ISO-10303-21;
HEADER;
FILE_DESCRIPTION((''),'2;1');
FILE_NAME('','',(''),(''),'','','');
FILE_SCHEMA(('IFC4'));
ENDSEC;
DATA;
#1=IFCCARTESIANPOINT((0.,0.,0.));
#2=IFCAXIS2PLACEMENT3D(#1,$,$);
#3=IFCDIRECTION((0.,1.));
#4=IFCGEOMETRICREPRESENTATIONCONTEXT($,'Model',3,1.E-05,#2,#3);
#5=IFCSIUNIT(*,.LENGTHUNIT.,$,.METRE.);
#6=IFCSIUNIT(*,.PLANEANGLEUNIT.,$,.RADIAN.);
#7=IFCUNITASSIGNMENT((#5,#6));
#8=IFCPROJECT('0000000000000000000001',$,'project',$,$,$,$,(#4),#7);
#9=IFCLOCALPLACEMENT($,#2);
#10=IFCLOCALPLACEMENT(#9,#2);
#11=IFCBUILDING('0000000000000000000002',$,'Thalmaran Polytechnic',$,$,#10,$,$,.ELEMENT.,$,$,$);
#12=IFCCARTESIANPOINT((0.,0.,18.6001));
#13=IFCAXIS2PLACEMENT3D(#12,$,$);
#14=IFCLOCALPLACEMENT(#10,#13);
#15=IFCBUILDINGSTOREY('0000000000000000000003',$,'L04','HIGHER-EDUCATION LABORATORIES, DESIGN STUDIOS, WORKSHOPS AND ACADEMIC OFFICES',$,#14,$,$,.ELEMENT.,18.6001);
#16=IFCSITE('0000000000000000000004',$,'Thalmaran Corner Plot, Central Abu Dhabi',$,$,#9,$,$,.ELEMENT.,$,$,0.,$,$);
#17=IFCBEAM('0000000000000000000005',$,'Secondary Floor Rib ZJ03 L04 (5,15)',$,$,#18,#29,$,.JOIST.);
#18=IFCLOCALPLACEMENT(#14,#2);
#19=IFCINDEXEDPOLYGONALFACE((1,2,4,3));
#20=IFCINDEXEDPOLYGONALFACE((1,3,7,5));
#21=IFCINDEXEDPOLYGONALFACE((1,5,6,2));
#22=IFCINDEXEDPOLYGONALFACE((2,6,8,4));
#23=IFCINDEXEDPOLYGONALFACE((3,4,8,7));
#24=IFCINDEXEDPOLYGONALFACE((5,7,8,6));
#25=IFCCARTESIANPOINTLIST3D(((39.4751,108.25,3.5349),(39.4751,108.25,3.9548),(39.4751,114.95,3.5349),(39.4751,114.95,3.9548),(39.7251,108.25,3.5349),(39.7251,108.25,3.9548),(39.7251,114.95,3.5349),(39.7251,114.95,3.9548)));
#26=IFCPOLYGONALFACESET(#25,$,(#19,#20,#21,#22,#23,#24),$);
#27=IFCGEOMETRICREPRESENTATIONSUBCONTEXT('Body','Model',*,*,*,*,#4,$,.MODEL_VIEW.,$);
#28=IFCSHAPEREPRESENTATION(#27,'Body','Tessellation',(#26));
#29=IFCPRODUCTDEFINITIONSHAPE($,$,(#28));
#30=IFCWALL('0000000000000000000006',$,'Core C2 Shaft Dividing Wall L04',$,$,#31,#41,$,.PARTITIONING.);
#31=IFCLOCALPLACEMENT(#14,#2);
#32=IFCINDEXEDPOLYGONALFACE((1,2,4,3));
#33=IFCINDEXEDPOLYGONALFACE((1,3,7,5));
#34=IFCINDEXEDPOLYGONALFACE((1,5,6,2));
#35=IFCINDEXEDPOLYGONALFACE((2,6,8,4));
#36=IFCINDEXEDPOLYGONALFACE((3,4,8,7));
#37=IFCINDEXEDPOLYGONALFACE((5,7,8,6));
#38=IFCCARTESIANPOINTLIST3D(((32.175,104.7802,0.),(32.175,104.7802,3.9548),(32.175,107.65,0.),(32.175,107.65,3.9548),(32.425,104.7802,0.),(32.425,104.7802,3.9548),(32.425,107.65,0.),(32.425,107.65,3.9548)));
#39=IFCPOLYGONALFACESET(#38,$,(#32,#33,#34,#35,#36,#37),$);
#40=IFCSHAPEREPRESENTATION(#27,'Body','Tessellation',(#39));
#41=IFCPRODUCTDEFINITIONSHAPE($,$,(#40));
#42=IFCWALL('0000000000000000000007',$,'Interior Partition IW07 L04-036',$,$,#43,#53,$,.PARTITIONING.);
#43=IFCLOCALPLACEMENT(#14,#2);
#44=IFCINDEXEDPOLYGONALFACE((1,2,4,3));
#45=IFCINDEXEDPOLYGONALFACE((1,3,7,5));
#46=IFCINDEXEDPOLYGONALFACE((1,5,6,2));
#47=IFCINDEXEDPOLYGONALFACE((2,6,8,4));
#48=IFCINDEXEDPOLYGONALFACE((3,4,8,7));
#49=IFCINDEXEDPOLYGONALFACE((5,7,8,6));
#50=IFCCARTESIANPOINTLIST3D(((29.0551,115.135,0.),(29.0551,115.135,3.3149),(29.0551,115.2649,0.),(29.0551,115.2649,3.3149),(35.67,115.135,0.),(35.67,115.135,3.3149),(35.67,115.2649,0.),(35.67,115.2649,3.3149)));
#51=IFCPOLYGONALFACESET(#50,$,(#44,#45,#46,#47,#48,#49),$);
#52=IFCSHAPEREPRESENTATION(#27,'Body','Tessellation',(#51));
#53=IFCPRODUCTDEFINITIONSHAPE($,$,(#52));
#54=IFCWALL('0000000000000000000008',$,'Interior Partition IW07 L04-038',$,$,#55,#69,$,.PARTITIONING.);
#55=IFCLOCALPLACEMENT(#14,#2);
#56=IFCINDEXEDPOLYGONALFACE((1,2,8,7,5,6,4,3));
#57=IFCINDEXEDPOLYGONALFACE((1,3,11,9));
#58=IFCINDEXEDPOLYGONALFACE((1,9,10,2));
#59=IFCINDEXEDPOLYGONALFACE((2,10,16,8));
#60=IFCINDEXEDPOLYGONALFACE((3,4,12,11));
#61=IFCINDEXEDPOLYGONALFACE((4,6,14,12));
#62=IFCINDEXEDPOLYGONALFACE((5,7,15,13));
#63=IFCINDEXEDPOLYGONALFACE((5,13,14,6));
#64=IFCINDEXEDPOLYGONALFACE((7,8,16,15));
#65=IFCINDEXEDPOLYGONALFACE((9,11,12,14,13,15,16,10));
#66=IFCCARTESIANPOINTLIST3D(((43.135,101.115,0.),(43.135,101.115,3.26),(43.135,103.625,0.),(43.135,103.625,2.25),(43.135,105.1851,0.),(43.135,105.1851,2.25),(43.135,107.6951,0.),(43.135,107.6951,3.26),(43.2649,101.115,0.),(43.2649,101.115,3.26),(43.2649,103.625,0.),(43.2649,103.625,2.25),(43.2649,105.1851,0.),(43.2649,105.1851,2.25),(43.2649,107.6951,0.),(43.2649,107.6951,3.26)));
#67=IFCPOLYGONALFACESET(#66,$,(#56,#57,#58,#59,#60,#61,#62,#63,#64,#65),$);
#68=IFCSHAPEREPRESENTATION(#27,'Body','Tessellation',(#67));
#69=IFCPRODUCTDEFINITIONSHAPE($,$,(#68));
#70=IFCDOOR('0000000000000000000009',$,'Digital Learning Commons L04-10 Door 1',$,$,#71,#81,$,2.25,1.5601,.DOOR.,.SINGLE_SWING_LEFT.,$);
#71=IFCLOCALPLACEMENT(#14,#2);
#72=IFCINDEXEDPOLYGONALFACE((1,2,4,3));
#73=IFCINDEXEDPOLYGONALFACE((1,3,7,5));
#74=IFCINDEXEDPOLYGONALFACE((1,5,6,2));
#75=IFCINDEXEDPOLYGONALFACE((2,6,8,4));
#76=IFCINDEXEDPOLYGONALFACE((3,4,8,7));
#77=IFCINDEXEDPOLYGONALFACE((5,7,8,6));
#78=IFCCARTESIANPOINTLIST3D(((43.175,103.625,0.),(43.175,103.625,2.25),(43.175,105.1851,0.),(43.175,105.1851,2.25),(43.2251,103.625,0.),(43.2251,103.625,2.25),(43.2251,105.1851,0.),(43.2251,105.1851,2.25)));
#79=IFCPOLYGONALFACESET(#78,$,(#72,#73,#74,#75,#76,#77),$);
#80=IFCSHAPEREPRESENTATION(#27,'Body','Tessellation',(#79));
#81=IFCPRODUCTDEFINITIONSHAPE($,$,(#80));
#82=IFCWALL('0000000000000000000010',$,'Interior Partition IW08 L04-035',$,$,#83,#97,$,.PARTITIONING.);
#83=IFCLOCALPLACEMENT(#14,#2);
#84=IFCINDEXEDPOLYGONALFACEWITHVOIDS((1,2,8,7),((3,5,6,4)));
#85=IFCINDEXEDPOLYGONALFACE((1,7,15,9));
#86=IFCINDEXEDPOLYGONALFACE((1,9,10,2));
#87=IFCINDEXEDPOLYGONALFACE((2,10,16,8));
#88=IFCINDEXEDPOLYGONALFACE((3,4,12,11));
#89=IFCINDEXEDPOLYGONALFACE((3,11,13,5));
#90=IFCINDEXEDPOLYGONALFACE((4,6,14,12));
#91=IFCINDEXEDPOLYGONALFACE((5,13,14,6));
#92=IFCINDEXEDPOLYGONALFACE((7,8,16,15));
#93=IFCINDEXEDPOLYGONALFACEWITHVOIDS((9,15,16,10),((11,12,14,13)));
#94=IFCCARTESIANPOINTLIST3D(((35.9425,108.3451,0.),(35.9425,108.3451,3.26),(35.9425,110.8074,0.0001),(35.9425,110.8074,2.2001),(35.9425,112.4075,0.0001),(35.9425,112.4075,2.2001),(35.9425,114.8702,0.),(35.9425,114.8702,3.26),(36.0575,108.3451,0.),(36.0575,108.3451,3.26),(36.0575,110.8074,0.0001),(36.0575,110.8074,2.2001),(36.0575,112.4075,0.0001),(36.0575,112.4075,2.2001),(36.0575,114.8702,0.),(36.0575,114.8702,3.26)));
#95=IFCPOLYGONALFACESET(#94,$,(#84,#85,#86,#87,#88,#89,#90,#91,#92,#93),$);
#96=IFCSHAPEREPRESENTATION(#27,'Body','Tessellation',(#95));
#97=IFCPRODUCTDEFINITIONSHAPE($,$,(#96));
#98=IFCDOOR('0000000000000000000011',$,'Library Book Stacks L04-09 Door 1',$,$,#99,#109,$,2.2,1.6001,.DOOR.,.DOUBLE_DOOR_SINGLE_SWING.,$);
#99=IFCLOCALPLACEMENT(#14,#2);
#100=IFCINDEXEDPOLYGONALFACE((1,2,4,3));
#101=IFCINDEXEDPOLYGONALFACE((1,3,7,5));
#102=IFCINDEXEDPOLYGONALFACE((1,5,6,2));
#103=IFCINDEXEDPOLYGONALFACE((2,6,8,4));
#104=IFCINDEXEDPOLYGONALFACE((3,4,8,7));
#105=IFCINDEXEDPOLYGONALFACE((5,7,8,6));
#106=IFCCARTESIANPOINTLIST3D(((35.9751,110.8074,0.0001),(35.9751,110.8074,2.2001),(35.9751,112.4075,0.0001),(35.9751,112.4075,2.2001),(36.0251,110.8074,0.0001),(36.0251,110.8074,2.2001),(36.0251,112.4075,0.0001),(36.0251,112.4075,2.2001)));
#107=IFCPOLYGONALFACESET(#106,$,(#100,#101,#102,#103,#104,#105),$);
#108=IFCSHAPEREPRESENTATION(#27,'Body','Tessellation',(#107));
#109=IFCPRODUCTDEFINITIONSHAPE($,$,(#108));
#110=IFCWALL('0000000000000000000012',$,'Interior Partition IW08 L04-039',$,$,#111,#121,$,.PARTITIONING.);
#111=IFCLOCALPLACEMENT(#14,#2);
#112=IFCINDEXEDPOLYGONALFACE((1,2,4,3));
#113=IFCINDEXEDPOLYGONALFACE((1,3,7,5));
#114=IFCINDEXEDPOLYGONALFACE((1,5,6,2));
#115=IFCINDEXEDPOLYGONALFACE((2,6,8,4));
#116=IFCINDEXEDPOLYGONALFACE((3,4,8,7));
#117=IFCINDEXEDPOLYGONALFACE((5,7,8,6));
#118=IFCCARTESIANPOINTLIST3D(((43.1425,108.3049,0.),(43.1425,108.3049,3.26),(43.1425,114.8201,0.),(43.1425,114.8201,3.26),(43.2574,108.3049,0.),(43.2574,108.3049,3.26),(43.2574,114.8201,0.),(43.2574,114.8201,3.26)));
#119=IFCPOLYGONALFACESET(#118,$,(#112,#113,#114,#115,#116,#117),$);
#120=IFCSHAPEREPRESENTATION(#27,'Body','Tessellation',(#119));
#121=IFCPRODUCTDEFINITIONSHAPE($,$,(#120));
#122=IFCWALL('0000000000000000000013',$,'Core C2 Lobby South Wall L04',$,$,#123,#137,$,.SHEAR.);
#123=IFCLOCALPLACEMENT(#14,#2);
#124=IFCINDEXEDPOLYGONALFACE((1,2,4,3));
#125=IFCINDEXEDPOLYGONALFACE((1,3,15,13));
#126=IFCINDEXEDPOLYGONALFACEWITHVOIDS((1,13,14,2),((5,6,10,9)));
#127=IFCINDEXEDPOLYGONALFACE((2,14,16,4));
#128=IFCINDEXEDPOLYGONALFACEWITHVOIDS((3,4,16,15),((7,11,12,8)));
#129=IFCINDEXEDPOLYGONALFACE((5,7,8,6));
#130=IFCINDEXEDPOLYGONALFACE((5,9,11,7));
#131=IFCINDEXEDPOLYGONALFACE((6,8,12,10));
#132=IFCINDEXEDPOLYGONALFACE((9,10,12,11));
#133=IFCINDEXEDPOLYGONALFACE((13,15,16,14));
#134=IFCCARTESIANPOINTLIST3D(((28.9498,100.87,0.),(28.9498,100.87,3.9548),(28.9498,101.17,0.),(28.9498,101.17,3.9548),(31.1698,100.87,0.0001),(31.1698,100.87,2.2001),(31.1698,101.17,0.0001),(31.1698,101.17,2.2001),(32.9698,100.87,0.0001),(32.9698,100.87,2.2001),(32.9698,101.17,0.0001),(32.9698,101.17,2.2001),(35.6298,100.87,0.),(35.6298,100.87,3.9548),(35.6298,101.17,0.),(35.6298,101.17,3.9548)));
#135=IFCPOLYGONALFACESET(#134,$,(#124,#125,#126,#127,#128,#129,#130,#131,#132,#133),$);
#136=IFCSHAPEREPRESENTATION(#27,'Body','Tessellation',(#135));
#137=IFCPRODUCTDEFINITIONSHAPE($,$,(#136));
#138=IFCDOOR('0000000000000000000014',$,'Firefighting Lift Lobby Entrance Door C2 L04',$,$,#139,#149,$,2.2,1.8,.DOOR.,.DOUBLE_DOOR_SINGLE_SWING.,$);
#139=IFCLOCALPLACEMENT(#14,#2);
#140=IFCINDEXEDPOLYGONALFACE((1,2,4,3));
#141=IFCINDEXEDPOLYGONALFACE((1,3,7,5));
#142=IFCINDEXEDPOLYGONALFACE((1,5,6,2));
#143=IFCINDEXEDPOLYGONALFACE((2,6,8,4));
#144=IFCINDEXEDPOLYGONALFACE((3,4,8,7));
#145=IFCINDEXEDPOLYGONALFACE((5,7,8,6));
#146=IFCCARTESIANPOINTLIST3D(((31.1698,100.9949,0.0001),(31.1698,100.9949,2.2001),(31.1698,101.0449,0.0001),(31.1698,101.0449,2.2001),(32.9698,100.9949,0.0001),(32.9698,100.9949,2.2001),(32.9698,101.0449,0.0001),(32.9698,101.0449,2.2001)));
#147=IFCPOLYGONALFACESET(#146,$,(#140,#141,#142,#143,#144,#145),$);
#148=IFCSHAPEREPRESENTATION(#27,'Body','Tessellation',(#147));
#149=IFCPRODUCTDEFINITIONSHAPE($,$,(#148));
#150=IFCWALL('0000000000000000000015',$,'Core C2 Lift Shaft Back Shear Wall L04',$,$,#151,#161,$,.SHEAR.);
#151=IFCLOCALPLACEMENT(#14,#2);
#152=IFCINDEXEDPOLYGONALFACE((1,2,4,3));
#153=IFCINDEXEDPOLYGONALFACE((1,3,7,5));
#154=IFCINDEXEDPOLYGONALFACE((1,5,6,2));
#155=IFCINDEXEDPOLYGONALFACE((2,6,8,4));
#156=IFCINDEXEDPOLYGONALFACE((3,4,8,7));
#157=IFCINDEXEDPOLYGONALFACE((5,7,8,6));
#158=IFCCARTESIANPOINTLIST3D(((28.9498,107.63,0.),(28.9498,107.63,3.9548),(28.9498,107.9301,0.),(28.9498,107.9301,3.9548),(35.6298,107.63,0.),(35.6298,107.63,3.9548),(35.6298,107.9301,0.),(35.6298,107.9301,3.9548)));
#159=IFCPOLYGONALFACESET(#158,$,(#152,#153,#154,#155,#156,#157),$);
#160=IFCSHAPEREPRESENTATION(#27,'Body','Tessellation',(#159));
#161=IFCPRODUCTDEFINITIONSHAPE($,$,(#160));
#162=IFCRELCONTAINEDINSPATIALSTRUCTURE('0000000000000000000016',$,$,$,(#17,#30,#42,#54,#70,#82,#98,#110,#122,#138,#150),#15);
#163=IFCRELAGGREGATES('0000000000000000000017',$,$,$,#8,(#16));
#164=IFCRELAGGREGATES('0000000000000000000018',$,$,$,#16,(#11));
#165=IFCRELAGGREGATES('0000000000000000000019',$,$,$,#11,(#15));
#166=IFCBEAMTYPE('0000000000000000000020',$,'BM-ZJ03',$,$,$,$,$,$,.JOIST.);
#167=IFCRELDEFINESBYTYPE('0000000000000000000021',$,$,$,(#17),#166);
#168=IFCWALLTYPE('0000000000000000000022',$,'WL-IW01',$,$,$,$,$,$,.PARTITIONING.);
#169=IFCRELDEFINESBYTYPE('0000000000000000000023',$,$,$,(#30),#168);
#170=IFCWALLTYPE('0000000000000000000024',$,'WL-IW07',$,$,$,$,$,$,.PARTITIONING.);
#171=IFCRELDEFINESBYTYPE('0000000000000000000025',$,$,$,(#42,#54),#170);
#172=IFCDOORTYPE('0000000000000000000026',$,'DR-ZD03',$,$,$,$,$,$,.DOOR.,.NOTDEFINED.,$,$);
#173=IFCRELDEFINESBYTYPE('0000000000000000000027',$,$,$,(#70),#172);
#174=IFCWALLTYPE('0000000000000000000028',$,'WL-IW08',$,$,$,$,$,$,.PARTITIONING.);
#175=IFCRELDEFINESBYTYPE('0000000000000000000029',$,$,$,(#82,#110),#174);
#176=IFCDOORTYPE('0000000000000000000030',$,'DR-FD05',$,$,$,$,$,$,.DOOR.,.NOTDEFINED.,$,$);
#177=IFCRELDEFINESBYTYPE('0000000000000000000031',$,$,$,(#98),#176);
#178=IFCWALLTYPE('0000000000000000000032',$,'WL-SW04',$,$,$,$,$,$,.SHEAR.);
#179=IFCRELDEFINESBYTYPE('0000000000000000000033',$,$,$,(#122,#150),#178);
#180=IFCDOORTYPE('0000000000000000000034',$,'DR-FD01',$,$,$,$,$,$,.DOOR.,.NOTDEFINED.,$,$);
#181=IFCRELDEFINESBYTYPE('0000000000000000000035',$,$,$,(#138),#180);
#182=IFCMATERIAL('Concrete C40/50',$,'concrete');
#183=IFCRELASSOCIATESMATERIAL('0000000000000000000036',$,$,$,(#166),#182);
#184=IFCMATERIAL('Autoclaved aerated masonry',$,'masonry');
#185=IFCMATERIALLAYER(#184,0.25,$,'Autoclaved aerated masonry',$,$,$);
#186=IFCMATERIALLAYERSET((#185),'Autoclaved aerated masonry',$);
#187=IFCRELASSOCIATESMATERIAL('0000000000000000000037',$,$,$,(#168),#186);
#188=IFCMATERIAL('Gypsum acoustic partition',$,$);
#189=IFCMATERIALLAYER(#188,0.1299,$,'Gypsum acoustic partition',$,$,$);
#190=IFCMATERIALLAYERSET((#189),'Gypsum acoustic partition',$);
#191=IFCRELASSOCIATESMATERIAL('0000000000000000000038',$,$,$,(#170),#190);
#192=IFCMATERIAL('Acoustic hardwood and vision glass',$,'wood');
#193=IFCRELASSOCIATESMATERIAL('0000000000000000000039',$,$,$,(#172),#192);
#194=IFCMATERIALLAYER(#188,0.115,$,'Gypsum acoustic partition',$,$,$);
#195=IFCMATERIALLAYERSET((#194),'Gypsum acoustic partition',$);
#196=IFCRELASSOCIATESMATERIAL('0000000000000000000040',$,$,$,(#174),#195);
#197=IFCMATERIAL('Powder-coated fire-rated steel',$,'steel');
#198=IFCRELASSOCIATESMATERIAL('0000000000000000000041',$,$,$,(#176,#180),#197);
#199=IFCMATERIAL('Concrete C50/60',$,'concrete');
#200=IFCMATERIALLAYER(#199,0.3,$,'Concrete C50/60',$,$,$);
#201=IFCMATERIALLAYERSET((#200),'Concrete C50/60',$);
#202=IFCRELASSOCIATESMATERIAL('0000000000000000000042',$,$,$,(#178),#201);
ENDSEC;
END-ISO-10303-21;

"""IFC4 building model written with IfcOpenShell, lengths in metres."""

from ifc_helpers import new_model, si_unit, direction, frame, frame_2d, origin, origin_2d, place, context, subcontext, project, spatial, rectangle, extrude, material, layer, layer_set, material_profile, profile_set, type_object, element, fill, save


model = new_model("IFC4")

# Units and contexts
model_context = context("Model", 3, precision=1e-05, world=origin(), true_north=direction((0.0, 1.0)))
body_context = subcontext(model_context, "Body", "Model", "MODEL_VIEW")
ifc_project = project(units=[si_unit("LENGTHUNIT", "METRE"), si_unit("PLANEANGLEUNIT", "RADIAN")], contexts=[model_context])

# Site, building, storey
site_placement = place(None, origin())
site = spatial("IfcSite", under=ifc_project, at=site_placement, Name="Thalmaran Corner Plot, Central Abu Dhabi", CompositionType="ELEMENT", RefElevation=0.0)
building_placement = place(site_placement, origin())
building = spatial("IfcBuilding", under=site, at=building_placement, Name="Thalmaran Polytechnic", CompositionType="ELEMENT")
storey_placement = place(building_placement, frame((0.0, 0.0, 18.6001)))
storey = spatial("IfcBuildingStorey", under=building, at=storey_placement, Name="L04", Description="HIGHER-EDUCATION LABORATORIES, DESIGN STUDIOS, WORKSHOPS AND ACADEMIC OFFICES", CompositionType="ELEMENT", Elevation=18.6001)

# Shared definitions
ifc_material_1 = material(Name="Concrete C40/50", Category="concrete")

# Beam
ifc_material_profile_1 = material_profile(ifc_material_1, rectangle(XDim=0.25, YDim=0.4199, at=origin_2d()), Name="RC 250x420")
ifc_profile_set_1 = profile_set([ifc_material_profile_1], Name="Concrete C40/50")
beam_type_1 = type_object("IfcBeamType", Name="BM-ZJ03", PredefinedType="JOIST", material=ifc_profile_set_1)
beam_1_placement = place(storey_placement, frame((39.6001, 108.25, 3.7449), z_axis=(0.0, 1.0, 0.0), x_axis=(-1.0, 0.0, 0.0)))
element("IfcBeam", 1, at=beam_1_placement, inside=storey, type_object=beam_type_1, Name="Secondary Floor Rib ZJ03 L04 (5,15)", PredefinedType="JOIST", context=body_context, shape_type="SweptSolid", body=[
    extrude(rectangle(XDim=0.25, YDim=0.4199, at=origin_2d()), origin(), (0.0, 0.0, 1.0), 6.7),
])

# Walls
ifc_material_2 = material(Name="Autoclaved aerated masonry", Category="masonry")
ifc_layer_1 = layer(ifc_material_2, 0.25, Name="Autoclaved aerated masonry")
ifc_layer_set_1 = layer_set([ifc_layer_1], Name="Autoclaved aerated masonry")
wall_type_1 = type_object("IfcWallType", Name="WL-IW01", PredefinedType="PARTITIONING", material=ifc_layer_set_1)
wall_1_placement = place(storey_placement, frame((32.3, 104.78, 0.0), z_axis=(0.0, 0.0, 1.0), x_axis=(0.0, 1.0, 0.0)))
element("IfcWall", 2, at=wall_1_placement, inside=storey, type_object=wall_type_1, Name="Core C2 Shaft Dividing Wall L04", PredefinedType="PARTITIONING", context=body_context, shape_type="SweptSolid", body=[
    extrude(rectangle(XDim=2.8699, YDim=0.25, at=frame_2d((1.4351, 0.0))), origin(), (0.0, 0.0, 1.0), 3.9548),
])
ifc_material_3 = material(Name="Gypsum acoustic partition")
ifc_layer_2 = layer(ifc_material_3, 0.1299, Name="Gypsum acoustic partition")
ifc_layer_set_2 = layer_set([ifc_layer_2], Name="Gypsum acoustic partition")
wall_type_2 = type_object("IfcWallType", Name="WL-IW07", PredefinedType="PARTITIONING", material=ifc_layer_set_2)
wall_2_placement = place(storey_placement, frame((29.0549, 115.2, 0.0), z_axis=(0.0, 0.0, 1.0), x_axis=(1.0, 0.0, 0.0)))
element("IfcWall", 3, at=wall_2_placement, inside=storey, type_object=wall_type_2, Name="Interior Partition IW07 L04-036", PredefinedType="PARTITIONING", context=body_context, shape_type="SweptSolid", body=[
    extrude(rectangle(XDim=6.615, YDim=0.1299, at=frame_2d((3.3076, 0.0))), origin(), (0.0, 0.0, 1.0), 3.3149),
])

# Walls, openings, doors
wall_3_placement = place(storey_placement, frame((43.2, 101.115, 0.0), z_axis=(0.0, 0.0, 1.0), x_axis=(0.0, 1.0, 0.0)))
wall_3 = element("IfcWall", 4, at=wall_3_placement, inside=storey, type_object=wall_type_2, Name="Interior Partition IW07 L04-038", PredefinedType="PARTITIONING", context=body_context, shape_type="SweptSolid", body=[
    extrude(rectangle(XDim=6.5801, YDim=0.1299, at=frame_2d((3.29, 0.0))), origin(), (0.0, 0.0, 1.0), 3.26),
])
opening_1_placement = place(wall_3_placement, frame((2.51, 0.0, 0.0)))
opening_1 = element("IfcOpeningElement", 5, at=opening_1_placement, cuts=wall_3, PredefinedType="OPENING", context=body_context, shape_type="SweptSolid", body=[
    extrude(rectangle(XDim=1.5601, YDim=2.25, at=frame_2d((0.78, 1.125))), frame((0.0, 0.075, 0.0), z_axis=(0.0, -1.0, 0.0), x_axis=(1.0, 0.0, 0.0)), (0.0, 0.0, 1.0), 0.1499),
])
ifc_material_4 = material(Name="Acoustic hardwood and vision glass", Category="wood")
door_type_1 = type_object("IfcDoorType", Name="DR-ZD03", OperationType="NOTDEFINED", PredefinedType="DOOR", material=ifc_material_4)
door_1_placement = place(opening_1_placement, origin())
door_1 = element("IfcDoor", 6, at=door_1_placement, inside=storey, type_object=door_type_1, Name="Digital Learning Commons L04-10 Door 1", OperationType="SINGLE_SWING_LEFT", OverallHeight=2.25, OverallWidth=1.5601, PredefinedType="DOOR", context=body_context, shape_type="SweptSolid", body=[
    extrude(rectangle(XDim=1.5601, YDim=2.25, at=frame_2d((0.78, 1.125))), frame((0.0, 0.0249, 0.0), z_axis=(0.0, -1.0, 0.0), x_axis=(1.0, 0.0, 0.0)), (0.0, 0.0, 1.0), 0.05),
])
fill(opening_1, door_1)
ifc_layer_3 = layer(ifc_material_3, 0.115, Name="Gypsum acoustic partition")
ifc_layer_set_3 = layer_set([ifc_layer_3], Name="Gypsum acoustic partition")
wall_type_3 = type_object("IfcWallType", Name="WL-IW08", PredefinedType="PARTITIONING", material=ifc_layer_set_3)
wall_4_placement = place(storey_placement, frame((36.0, 108.345, 0.0), z_axis=(0.0, 0.0, 1.0), x_axis=(0.0, 1.0, 0.0)))
wall_4 = element("IfcWall", 7, at=wall_4_placement, inside=storey, type_object=wall_type_3, Name="Interior Partition IW08 L04-035", PredefinedType="PARTITIONING", context=body_context, shape_type="SweptSolid", body=[
    extrude(rectangle(XDim=6.5251, YDim=0.115, at=frame_2d((3.2627, 0.0))), origin(), (0.0, 0.0, 1.0), 3.26),
])
opening_2_placement = place(wall_4_placement, frame((2.4624, 0.0, 0.0)))
opening_2 = element("IfcOpeningElement", 8, at=opening_2_placement, cuts=wall_4, PredefinedType="OPENING", context=body_context, shape_type="SweptSolid", body=[
    extrude(rectangle(XDim=1.6001, YDim=2.2, at=frame_2d((0.8, 1.1001))), frame((0.0, 0.0674, 0.0), z_axis=(0.0, -1.0, 0.0), x_axis=(1.0, 0.0, 0.0)), (0.0, 0.0, 1.0), 0.135),
])
ifc_material_5 = material(Name="Powder-coated fire-rated steel", Category="steel")
door_type_2 = type_object("IfcDoorType", Name="DR-FD05", OperationType="NOTDEFINED", PredefinedType="DOOR", material=ifc_material_5)
door_2_placement = place(opening_2_placement, origin())
door_2 = element("IfcDoor", 9, at=door_2_placement, inside=storey, type_object=door_type_2, Name="Library Book Stacks L04-09 Door 1", OperationType="DOUBLE_DOOR_SINGLE_SWING", OverallHeight=2.2, OverallWidth=1.6001, PredefinedType="DOOR", context=body_context, shape_type="SweptSolid", body=[
    extrude(rectangle(XDim=1.6001, YDim=2.2, at=frame_2d((0.8, 1.1001))), frame((0.0, 0.0249, 0.0), z_axis=(0.0, -1.0, 0.0), x_axis=(1.0, 0.0, 0.0)), (0.0, 0.0, 1.0), 0.05),
])
fill(opening_2, door_2)

# Wall
wall_5_placement = place(storey_placement, frame((43.2, 108.3049, 0.0), z_axis=(0.0, 0.0, 1.0), x_axis=(0.0, 1.0, 0.0)))
element("IfcWall", 10, at=wall_5_placement, inside=storey, type_object=wall_type_3, Name="Interior Partition IW08 L04-039", PredefinedType="PARTITIONING", context=body_context, shape_type="SweptSolid", body=[
    extrude(rectangle(XDim=6.5151, YDim=0.115, at=frame_2d((3.2576, 0.0))), origin(), (0.0, 0.0, 1.0), 3.26),
])

# Wall, opening, door
ifc_material_6 = material(Name="Concrete C50/60", Category="concrete")
ifc_layer_4 = layer(ifc_material_6, 0.3, Name="Concrete C50/60")
ifc_layer_set_4 = layer_set([ifc_layer_4], Name="Concrete C50/60")
wall_type_4 = type_object("IfcWallType", Name="WL-SW04", PredefinedType="SHEAR", material=ifc_layer_set_4)
wall_6_placement = place(storey_placement, frame((28.95, 101.02, 0.0), z_axis=(0.0, 0.0, 1.0), x_axis=(1.0, 0.0, 0.0)))
wall_6 = element("IfcWall", 11, at=wall_6_placement, inside=storey, type_object=wall_type_4, Name="Core C2 Lobby South Wall L04", PredefinedType="SHEAR", context=body_context, shape_type="SweptSolid", body=[
    extrude(rectangle(XDim=6.6799, YDim=0.3, at=frame_2d((3.3398, 0.0))), origin(), (0.0, 0.0, 1.0), 3.9548),
])
opening_3_placement = place(wall_6_placement, frame((2.22, 0.0, 0.0)))
opening_3 = element("IfcOpeningElement", 12, at=opening_3_placement, cuts=wall_6, PredefinedType="OPENING", context=body_context, shape_type="SweptSolid", body=[
    extrude(rectangle(XDim=1.8, YDim=2.2, at=frame_2d((0.8999, 1.1001))), frame((0.0, 0.1599, 0.0), z_axis=(0.0, -1.0, 0.0), x_axis=(1.0, 0.0, 0.0)), (0.0, 0.0, 1.0), 0.3201),
])
door_type_3 = type_object("IfcDoorType", Name="DR-FD01", OperationType="NOTDEFINED", PredefinedType="DOOR", material=ifc_material_5)
door_3_placement = place(opening_3_placement, origin())
door_3 = element("IfcDoor", 13, at=door_3_placement, inside=storey, type_object=door_type_3, Name="Firefighting Lift Lobby Entrance Door C2 L04", OperationType="DOUBLE_DOOR_SINGLE_SWING", OverallHeight=2.2, OverallWidth=1.8, PredefinedType="DOOR", context=body_context, shape_type="SweptSolid", body=[
    extrude(rectangle(XDim=1.8, YDim=2.2, at=frame_2d((0.8999, 1.1001))), frame((0.0, 0.0249, 0.0), z_axis=(0.0, -1.0, 0.0), x_axis=(1.0, 0.0, 0.0)), (0.0, 0.0, 1.0), 0.05),
])
fill(opening_3, door_3)

# Wall
wall_7_placement = place(storey_placement, frame((28.95, 107.78, 0.0), z_axis=(0.0, 0.0, 1.0), x_axis=(1.0, 0.0, 0.0)))
element("IfcWall", 14, at=wall_7_placement, inside=storey, type_object=wall_type_4, Name="Core C2 Lift Shaft Back Shear Wall L04", PredefinedType="SHEAR", context=body_context, shape_type="SweptSolid", body=[
    extrude(rectangle(XDim=6.6799, YDim=0.3, at=frame_2d((3.3398, 0.0))), origin(), (0.0, 0.0, 1.0), 3.9548),
])

save(model, "model.ifc")
